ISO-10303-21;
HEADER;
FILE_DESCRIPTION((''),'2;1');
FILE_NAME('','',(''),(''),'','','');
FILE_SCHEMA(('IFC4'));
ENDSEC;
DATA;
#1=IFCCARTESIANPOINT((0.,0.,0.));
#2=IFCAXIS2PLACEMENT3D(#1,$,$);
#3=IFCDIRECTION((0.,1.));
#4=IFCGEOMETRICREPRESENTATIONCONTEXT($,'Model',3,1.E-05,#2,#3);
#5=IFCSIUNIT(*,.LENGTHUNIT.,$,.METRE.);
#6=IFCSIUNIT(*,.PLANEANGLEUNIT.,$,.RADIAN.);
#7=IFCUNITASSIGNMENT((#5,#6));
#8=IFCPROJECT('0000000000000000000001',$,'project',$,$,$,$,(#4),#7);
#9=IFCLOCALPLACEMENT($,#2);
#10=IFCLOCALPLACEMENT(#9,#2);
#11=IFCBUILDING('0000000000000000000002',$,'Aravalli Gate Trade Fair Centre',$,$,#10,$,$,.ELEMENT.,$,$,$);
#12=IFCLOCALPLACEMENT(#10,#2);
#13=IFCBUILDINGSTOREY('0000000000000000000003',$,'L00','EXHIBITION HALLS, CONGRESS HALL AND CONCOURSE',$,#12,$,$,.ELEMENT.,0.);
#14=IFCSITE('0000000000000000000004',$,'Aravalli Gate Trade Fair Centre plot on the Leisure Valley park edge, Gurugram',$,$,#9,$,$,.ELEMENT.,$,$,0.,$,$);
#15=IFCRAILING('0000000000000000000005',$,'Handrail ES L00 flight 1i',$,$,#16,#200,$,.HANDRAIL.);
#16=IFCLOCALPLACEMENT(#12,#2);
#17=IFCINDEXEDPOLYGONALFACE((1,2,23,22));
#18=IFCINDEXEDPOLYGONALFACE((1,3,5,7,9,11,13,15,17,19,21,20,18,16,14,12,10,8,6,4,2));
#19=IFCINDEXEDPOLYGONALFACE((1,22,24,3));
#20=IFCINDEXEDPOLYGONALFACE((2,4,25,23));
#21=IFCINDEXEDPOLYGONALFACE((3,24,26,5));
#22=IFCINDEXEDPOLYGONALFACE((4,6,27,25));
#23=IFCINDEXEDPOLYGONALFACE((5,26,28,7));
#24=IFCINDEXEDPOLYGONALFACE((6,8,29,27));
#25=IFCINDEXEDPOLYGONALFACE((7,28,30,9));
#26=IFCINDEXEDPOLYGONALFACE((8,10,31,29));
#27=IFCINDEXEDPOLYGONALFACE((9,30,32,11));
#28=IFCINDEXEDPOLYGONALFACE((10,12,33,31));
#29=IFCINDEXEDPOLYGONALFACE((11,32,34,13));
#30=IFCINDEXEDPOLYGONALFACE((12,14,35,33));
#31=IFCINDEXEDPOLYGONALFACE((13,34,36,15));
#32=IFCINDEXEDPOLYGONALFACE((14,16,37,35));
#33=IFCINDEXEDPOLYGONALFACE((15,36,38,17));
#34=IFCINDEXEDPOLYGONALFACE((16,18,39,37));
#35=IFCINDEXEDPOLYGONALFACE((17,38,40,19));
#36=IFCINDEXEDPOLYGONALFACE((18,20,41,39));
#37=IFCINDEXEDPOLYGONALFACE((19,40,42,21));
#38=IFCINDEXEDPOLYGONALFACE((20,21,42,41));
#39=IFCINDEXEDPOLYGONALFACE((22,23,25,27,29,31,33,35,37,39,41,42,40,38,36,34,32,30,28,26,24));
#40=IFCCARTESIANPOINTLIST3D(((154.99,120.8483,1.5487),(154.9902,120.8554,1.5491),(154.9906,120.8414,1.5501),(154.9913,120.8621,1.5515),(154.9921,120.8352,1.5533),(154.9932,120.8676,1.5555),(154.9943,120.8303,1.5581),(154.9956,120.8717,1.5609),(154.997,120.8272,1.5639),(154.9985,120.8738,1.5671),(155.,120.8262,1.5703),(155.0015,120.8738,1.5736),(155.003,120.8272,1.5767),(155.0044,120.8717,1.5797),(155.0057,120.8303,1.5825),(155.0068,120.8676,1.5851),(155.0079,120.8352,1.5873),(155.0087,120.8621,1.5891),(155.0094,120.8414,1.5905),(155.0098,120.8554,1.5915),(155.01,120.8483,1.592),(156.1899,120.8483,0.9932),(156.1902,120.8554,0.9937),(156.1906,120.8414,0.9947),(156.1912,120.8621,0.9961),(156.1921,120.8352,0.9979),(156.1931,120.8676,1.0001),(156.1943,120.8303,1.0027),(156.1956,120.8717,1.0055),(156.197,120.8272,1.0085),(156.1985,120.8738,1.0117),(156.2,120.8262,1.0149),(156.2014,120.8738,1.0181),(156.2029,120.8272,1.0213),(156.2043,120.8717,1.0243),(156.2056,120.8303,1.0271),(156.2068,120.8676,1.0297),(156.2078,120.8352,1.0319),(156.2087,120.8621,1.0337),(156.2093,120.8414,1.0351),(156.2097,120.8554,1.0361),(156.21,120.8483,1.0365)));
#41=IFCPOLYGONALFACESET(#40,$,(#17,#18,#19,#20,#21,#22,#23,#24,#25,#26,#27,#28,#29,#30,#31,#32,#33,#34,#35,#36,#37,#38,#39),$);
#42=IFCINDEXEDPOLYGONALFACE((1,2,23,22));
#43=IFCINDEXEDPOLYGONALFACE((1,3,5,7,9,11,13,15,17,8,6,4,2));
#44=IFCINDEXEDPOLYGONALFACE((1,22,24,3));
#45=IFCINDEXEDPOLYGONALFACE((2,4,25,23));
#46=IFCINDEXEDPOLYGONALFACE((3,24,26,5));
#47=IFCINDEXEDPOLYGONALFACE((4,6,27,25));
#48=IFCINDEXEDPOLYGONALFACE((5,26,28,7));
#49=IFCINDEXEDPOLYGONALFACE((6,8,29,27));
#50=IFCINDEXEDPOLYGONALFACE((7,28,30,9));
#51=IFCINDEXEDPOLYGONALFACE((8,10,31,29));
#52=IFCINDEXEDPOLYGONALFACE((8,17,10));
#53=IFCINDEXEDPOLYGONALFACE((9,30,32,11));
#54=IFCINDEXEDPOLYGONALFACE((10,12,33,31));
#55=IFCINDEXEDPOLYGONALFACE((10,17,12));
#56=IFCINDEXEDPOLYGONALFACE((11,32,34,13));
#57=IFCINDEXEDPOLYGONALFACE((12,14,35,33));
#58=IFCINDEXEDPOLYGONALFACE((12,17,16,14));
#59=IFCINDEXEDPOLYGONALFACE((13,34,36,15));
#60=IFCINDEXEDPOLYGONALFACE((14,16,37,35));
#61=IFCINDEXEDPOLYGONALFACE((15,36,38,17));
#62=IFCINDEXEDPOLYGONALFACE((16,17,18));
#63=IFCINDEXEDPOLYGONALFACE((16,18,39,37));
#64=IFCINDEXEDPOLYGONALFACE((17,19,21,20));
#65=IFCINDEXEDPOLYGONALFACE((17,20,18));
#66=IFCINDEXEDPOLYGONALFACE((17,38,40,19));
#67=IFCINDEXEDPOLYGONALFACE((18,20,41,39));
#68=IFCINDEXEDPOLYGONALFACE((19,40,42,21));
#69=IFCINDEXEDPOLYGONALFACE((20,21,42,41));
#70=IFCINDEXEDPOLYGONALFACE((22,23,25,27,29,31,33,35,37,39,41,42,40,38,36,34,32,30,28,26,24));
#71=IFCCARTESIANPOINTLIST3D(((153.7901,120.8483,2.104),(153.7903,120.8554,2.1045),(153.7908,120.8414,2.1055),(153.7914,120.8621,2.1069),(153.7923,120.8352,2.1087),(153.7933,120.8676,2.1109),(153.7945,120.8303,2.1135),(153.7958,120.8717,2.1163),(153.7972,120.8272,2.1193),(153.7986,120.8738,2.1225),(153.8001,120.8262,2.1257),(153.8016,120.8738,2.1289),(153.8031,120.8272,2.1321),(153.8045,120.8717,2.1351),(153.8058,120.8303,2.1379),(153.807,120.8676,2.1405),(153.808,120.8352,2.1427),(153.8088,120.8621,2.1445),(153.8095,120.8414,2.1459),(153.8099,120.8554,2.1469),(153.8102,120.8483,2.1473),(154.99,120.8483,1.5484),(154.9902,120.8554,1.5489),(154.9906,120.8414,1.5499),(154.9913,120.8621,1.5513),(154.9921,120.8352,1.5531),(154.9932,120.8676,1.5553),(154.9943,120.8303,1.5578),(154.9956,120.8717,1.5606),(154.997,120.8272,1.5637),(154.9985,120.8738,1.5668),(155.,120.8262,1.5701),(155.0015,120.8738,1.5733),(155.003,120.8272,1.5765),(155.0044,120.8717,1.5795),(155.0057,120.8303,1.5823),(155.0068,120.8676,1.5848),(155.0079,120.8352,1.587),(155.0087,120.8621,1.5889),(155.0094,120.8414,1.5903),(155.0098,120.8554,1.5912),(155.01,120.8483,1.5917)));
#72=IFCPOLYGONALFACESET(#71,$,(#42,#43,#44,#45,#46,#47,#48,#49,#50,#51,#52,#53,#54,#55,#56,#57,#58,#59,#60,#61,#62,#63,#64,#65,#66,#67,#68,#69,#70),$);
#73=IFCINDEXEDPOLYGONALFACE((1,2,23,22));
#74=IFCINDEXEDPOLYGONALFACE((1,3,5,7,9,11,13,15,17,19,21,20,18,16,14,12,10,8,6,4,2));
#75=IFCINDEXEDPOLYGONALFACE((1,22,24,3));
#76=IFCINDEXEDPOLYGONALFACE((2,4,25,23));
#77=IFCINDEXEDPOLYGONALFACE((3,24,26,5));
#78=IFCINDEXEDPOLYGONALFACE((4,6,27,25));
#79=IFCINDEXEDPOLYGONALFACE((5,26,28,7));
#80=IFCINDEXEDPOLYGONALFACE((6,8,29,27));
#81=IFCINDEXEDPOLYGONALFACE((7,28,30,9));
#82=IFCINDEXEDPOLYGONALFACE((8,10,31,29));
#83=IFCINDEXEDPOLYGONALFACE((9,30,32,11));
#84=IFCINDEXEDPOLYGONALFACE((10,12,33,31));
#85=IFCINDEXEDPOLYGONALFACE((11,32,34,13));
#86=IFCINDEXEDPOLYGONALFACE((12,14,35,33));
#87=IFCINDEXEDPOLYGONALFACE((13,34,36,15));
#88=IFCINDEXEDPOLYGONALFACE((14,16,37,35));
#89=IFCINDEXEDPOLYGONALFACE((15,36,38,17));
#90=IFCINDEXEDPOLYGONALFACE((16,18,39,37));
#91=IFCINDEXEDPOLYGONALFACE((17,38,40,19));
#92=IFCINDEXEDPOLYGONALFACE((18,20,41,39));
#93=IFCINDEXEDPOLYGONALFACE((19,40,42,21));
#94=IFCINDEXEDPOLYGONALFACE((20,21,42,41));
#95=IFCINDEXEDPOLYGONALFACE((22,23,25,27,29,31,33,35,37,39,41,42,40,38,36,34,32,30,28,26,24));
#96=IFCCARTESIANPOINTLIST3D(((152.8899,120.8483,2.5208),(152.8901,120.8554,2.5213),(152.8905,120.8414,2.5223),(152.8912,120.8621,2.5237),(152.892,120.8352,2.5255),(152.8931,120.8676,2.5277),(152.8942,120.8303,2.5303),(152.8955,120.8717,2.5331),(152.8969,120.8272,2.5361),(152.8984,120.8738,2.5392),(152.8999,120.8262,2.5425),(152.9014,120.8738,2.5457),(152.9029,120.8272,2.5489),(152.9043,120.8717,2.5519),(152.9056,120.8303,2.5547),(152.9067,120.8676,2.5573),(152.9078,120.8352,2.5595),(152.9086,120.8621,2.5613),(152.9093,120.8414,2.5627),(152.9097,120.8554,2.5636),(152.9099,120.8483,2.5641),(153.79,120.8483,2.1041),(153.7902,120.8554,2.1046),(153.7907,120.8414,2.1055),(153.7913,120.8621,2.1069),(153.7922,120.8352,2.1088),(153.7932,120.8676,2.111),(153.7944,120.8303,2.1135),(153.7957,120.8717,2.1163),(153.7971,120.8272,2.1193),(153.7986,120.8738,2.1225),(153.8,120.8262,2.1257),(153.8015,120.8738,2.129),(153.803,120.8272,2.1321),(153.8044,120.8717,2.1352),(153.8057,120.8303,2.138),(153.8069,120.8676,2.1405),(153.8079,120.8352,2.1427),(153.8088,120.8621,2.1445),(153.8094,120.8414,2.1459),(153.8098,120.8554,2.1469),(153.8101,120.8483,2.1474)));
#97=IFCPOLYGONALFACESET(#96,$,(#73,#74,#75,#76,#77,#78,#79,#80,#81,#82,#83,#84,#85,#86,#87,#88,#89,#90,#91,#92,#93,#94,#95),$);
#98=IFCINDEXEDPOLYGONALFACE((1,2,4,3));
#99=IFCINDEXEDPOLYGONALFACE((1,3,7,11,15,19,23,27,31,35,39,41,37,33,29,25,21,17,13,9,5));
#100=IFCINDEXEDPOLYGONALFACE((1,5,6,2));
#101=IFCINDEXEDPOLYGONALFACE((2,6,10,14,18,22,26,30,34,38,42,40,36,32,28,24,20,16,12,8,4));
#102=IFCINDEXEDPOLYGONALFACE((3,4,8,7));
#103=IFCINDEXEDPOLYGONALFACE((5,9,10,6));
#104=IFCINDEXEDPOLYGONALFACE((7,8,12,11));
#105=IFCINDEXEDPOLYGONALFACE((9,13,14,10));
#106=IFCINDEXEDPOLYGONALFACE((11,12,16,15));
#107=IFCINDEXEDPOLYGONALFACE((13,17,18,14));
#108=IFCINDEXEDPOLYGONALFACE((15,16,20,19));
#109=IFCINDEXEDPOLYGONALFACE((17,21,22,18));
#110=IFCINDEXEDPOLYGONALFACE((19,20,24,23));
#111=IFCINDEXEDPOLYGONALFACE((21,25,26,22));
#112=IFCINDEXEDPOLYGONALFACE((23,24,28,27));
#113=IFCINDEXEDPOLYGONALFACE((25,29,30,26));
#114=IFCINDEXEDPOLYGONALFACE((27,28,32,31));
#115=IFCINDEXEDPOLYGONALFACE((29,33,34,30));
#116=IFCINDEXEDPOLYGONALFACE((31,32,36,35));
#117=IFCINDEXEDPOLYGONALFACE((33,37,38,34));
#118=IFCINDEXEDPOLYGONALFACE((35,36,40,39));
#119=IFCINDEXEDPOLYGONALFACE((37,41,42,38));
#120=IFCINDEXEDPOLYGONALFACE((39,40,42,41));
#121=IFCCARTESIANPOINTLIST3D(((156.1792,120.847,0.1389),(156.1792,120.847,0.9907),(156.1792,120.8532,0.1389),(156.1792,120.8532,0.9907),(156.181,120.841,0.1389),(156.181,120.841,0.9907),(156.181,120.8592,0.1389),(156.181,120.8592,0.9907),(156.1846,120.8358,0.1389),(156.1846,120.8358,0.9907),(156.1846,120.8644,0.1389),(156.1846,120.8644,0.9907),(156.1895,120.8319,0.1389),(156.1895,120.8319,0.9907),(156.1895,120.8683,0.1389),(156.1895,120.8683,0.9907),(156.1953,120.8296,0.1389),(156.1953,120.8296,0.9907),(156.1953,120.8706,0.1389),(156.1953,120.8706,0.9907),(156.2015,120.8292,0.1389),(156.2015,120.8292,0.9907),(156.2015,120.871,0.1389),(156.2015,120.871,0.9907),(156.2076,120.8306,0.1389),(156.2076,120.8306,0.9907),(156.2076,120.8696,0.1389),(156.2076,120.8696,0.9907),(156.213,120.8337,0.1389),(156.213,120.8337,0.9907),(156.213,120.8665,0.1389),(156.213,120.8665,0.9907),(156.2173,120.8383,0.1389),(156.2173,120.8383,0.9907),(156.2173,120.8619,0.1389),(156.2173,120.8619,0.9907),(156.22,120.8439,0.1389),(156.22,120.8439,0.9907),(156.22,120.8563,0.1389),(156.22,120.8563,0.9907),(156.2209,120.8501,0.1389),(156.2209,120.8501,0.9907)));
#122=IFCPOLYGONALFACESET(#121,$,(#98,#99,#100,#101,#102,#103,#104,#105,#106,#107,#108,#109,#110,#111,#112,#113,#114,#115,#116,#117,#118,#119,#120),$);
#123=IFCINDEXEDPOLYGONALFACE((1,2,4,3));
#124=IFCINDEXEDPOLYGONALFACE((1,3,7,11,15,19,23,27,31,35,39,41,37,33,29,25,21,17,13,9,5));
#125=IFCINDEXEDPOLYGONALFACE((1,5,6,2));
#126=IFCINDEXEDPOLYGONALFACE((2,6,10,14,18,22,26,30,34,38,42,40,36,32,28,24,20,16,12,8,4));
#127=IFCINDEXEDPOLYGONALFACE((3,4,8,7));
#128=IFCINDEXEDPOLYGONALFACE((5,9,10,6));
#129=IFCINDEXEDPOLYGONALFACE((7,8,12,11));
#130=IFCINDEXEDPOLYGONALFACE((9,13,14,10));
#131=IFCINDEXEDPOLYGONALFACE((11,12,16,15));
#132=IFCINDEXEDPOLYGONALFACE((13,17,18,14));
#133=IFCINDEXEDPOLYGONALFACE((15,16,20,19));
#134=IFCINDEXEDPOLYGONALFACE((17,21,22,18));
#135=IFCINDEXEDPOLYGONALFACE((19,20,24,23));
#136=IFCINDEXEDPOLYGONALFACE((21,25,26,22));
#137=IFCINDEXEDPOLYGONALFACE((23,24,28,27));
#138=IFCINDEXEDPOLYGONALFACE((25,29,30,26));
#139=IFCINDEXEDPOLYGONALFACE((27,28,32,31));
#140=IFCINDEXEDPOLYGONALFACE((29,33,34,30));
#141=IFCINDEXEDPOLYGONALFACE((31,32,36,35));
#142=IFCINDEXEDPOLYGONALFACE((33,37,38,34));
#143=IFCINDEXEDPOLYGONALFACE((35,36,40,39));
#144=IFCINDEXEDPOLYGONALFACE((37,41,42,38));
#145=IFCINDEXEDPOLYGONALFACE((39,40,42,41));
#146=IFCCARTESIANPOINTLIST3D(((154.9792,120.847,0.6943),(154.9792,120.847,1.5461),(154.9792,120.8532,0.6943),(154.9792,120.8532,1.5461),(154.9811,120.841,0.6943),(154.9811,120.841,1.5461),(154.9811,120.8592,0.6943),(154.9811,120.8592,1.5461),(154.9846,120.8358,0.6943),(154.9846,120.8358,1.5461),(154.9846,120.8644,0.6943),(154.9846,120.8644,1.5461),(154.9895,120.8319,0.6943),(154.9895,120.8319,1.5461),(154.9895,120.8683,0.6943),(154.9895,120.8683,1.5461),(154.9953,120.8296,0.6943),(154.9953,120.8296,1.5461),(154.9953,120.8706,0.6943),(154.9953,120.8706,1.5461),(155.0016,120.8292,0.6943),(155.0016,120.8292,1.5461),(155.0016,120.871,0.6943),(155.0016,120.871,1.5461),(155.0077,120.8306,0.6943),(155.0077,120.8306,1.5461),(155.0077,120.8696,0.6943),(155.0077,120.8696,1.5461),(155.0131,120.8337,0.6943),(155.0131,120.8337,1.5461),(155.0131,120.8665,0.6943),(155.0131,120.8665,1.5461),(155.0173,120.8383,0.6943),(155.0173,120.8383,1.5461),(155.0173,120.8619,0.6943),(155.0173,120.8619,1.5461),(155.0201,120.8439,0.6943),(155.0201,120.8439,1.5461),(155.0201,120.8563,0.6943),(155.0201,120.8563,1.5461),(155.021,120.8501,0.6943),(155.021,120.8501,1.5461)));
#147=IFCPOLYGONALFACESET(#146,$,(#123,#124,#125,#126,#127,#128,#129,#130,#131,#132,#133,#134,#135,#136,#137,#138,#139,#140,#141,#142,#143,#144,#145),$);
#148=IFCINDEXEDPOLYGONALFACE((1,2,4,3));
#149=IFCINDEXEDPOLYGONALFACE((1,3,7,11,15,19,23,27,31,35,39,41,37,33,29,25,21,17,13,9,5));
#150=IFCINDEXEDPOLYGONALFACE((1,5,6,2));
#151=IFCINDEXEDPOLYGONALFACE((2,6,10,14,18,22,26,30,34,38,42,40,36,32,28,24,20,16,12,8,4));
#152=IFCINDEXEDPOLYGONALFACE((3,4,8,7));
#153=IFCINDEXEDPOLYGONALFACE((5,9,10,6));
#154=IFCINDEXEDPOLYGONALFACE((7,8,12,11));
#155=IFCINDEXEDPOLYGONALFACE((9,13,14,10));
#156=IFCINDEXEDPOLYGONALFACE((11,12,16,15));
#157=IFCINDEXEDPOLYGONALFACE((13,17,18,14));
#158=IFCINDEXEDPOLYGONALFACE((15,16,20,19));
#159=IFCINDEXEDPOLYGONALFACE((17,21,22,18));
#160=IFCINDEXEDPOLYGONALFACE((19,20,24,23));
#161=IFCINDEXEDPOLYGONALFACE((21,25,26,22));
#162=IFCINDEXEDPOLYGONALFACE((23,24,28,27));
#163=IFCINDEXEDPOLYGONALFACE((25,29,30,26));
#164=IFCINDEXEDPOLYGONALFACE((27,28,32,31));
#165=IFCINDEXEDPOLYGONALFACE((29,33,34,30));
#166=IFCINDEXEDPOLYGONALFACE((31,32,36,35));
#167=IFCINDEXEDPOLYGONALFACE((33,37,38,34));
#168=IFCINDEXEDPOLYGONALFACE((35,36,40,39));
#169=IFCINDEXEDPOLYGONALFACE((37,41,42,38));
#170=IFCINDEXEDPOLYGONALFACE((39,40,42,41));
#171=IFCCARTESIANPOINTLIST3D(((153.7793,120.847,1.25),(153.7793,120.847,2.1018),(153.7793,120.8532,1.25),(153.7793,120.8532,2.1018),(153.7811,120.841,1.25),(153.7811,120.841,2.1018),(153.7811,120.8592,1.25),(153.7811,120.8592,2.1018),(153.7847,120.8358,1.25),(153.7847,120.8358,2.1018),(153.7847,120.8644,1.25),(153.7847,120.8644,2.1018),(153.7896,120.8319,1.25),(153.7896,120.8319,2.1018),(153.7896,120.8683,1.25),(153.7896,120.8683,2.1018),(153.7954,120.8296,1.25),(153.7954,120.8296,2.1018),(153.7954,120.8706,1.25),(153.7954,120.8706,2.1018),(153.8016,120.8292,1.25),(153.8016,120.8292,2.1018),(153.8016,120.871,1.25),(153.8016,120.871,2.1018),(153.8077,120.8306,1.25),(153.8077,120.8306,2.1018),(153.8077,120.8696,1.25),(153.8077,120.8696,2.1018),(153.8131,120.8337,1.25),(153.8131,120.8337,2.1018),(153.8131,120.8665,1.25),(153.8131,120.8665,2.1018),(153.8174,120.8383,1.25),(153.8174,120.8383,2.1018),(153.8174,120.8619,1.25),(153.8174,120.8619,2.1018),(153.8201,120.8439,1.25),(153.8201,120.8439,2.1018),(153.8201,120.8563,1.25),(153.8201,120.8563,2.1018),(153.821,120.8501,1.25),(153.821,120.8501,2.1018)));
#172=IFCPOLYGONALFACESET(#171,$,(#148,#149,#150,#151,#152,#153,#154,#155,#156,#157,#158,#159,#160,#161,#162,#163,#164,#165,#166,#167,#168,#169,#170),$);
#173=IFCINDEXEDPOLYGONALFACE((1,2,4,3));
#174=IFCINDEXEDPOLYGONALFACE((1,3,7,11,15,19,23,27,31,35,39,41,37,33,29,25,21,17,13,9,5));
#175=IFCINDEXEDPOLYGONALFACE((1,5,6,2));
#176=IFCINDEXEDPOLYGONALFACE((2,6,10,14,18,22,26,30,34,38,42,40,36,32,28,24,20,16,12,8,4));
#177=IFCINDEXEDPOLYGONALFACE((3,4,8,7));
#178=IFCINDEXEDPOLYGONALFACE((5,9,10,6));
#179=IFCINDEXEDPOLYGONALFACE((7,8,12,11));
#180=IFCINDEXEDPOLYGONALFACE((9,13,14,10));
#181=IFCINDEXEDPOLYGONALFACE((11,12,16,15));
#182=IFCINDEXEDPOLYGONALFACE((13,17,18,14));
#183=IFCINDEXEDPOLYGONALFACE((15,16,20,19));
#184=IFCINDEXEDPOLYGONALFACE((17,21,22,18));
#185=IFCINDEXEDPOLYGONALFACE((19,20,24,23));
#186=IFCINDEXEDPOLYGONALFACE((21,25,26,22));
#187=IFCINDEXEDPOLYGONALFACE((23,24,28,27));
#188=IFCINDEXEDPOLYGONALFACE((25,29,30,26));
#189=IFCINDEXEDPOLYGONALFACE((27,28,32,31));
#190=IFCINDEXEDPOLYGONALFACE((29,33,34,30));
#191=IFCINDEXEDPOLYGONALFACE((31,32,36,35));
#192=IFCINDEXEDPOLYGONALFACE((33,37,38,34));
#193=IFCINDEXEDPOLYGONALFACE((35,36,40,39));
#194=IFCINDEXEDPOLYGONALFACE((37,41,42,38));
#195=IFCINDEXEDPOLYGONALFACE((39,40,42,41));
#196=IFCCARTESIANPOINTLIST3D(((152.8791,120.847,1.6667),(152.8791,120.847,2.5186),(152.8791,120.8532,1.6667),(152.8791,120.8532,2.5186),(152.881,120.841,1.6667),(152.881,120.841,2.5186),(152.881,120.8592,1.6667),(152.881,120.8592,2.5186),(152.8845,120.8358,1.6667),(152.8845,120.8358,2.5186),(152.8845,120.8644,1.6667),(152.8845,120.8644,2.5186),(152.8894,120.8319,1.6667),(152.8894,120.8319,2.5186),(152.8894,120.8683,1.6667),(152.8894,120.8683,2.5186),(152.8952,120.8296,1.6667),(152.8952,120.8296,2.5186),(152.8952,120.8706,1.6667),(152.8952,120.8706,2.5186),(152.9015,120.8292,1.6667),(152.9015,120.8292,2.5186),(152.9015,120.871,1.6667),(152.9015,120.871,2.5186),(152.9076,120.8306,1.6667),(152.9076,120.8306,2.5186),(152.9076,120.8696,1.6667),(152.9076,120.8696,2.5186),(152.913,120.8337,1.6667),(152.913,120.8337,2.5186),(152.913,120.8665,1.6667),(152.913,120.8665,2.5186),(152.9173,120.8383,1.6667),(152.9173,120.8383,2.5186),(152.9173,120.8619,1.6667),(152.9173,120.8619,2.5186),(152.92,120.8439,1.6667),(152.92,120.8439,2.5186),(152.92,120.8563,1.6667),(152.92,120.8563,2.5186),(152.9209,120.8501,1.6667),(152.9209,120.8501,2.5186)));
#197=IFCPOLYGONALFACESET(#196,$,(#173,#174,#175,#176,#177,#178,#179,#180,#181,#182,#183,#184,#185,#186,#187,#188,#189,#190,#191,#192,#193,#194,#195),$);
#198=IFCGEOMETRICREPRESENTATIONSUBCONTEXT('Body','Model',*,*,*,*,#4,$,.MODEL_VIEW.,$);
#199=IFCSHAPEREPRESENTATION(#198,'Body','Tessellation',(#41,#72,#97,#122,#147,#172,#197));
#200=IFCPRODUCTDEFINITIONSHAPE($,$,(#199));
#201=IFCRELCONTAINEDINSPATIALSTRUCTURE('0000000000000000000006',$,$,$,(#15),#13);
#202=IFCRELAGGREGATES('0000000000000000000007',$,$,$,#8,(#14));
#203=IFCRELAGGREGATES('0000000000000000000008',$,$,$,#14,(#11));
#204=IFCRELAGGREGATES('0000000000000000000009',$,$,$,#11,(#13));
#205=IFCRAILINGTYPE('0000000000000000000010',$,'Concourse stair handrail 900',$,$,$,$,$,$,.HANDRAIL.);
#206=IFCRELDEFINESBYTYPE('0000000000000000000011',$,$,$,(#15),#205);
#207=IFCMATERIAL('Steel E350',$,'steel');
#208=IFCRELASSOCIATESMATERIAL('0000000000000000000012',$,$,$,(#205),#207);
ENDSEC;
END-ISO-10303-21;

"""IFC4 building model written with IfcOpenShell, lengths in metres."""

from ifc_helpers import new_model, si_unit, direction, frame, origin, origin_2d, place, context, subcontext, project, spatial, circle, extrude, material, type_object, element, save


model = new_model("IFC4")

# Units and contexts
model_context = context("Model", 3, precision=1e-05, world=origin(), true_north=direction((0.0, 1.0)))
body_context = subcontext(model_context, "Body", "Model", "MODEL_VIEW")
ifc_project = project(units=[si_unit("LENGTHUNIT", "METRE"), si_unit("PLANEANGLEUNIT", "RADIAN")], contexts=[model_context])

# Site, building, storey
site_placement = place(None, origin())
site = spatial("IfcSite", under=ifc_project, at=site_placement, Name="Aravalli Gate Trade Fair Centre plot on the Leisure Valley park edge, Gurugram", CompositionType="ELEMENT", RefElevation=0.0)
building_placement = place(site_placement, origin())
building = spatial("IfcBuilding", under=site, at=building_placement, Name="Aravalli Gate Trade Fair Centre", CompositionType="ELEMENT")
storey_placement = place(building_placement, origin())
storey = spatial("IfcBuildingStorey", under=building, at=storey_placement, Name="L00", Description="EXHIBITION HALLS, CONGRESS HALL AND CONCOURSE", CompositionType="ELEMENT", Elevation=0.0)

# Shared definitions
ifc_material_1 = material(Name="Steel E350", Category="steel")

# Railing
railing_type = type_object("IfcRailingType", Name="Concourse stair handrail 900", PredefinedType="HANDRAIL", material=ifc_material_1)
railing_1_placement = place(storey_placement, frame((156.2, 120.8501, 0.1389)))
element("IfcRailing", 1, at=railing_1_placement, inside=storey, type_object=railing_type, Name="Handrail ES L00 flight 1i", PredefinedType="HANDRAIL", context=body_context, shape_type="SweptSolid", body=[
    extrude(circle(Radius=0.0239, at=origin_2d()), frame((0.0, 0.0, 0.876), z_axis=(-0.907499, 0.0, 0.420053), x_axis=(0.0, -1.0, 0.0)), (0.0, 0.0, 1.0), 1.3223),
    extrude(circle(Radius=0.0239, at=origin_2d()), frame((-1.2, 0.0, 1.4312), z_axis=(-0.907429, 0.0, 0.420205), x_axis=(0.0, -1.0, 0.0)), (0.0, 0.0, 1.0), 1.3223),
    extrude(circle(Radius=0.0239, at=origin_2d()), frame((-2.3999, 0.0, 1.9868), z_axis=(-0.907462, 0.0, 0.420135), x_axis=(0.0, -1.0, 0.0)), (0.0, 0.0, 1.0), 0.9919),
    extrude(circle(Radius=0.021, at=origin_2d()), origin(), (0.0, 0.0, 1.0), 0.8518),
    extrude(circle(Radius=0.021, at=origin_2d()), frame((-1.2, 0.0, 0.5554)), (0.0, 0.0, 1.0), 0.8518),
    extrude(circle(Radius=0.021, at=origin_2d()), frame((-2.3999, 0.0, 1.1111)), (0.0, 0.0, 1.0), 0.8518),
    extrude(circle(Radius=0.021, at=origin_2d()), frame((-3.3, 0.0, 1.5278)), (0.0, 0.0, 1.0), 0.8518),
])

save(model, "model.ifc")
